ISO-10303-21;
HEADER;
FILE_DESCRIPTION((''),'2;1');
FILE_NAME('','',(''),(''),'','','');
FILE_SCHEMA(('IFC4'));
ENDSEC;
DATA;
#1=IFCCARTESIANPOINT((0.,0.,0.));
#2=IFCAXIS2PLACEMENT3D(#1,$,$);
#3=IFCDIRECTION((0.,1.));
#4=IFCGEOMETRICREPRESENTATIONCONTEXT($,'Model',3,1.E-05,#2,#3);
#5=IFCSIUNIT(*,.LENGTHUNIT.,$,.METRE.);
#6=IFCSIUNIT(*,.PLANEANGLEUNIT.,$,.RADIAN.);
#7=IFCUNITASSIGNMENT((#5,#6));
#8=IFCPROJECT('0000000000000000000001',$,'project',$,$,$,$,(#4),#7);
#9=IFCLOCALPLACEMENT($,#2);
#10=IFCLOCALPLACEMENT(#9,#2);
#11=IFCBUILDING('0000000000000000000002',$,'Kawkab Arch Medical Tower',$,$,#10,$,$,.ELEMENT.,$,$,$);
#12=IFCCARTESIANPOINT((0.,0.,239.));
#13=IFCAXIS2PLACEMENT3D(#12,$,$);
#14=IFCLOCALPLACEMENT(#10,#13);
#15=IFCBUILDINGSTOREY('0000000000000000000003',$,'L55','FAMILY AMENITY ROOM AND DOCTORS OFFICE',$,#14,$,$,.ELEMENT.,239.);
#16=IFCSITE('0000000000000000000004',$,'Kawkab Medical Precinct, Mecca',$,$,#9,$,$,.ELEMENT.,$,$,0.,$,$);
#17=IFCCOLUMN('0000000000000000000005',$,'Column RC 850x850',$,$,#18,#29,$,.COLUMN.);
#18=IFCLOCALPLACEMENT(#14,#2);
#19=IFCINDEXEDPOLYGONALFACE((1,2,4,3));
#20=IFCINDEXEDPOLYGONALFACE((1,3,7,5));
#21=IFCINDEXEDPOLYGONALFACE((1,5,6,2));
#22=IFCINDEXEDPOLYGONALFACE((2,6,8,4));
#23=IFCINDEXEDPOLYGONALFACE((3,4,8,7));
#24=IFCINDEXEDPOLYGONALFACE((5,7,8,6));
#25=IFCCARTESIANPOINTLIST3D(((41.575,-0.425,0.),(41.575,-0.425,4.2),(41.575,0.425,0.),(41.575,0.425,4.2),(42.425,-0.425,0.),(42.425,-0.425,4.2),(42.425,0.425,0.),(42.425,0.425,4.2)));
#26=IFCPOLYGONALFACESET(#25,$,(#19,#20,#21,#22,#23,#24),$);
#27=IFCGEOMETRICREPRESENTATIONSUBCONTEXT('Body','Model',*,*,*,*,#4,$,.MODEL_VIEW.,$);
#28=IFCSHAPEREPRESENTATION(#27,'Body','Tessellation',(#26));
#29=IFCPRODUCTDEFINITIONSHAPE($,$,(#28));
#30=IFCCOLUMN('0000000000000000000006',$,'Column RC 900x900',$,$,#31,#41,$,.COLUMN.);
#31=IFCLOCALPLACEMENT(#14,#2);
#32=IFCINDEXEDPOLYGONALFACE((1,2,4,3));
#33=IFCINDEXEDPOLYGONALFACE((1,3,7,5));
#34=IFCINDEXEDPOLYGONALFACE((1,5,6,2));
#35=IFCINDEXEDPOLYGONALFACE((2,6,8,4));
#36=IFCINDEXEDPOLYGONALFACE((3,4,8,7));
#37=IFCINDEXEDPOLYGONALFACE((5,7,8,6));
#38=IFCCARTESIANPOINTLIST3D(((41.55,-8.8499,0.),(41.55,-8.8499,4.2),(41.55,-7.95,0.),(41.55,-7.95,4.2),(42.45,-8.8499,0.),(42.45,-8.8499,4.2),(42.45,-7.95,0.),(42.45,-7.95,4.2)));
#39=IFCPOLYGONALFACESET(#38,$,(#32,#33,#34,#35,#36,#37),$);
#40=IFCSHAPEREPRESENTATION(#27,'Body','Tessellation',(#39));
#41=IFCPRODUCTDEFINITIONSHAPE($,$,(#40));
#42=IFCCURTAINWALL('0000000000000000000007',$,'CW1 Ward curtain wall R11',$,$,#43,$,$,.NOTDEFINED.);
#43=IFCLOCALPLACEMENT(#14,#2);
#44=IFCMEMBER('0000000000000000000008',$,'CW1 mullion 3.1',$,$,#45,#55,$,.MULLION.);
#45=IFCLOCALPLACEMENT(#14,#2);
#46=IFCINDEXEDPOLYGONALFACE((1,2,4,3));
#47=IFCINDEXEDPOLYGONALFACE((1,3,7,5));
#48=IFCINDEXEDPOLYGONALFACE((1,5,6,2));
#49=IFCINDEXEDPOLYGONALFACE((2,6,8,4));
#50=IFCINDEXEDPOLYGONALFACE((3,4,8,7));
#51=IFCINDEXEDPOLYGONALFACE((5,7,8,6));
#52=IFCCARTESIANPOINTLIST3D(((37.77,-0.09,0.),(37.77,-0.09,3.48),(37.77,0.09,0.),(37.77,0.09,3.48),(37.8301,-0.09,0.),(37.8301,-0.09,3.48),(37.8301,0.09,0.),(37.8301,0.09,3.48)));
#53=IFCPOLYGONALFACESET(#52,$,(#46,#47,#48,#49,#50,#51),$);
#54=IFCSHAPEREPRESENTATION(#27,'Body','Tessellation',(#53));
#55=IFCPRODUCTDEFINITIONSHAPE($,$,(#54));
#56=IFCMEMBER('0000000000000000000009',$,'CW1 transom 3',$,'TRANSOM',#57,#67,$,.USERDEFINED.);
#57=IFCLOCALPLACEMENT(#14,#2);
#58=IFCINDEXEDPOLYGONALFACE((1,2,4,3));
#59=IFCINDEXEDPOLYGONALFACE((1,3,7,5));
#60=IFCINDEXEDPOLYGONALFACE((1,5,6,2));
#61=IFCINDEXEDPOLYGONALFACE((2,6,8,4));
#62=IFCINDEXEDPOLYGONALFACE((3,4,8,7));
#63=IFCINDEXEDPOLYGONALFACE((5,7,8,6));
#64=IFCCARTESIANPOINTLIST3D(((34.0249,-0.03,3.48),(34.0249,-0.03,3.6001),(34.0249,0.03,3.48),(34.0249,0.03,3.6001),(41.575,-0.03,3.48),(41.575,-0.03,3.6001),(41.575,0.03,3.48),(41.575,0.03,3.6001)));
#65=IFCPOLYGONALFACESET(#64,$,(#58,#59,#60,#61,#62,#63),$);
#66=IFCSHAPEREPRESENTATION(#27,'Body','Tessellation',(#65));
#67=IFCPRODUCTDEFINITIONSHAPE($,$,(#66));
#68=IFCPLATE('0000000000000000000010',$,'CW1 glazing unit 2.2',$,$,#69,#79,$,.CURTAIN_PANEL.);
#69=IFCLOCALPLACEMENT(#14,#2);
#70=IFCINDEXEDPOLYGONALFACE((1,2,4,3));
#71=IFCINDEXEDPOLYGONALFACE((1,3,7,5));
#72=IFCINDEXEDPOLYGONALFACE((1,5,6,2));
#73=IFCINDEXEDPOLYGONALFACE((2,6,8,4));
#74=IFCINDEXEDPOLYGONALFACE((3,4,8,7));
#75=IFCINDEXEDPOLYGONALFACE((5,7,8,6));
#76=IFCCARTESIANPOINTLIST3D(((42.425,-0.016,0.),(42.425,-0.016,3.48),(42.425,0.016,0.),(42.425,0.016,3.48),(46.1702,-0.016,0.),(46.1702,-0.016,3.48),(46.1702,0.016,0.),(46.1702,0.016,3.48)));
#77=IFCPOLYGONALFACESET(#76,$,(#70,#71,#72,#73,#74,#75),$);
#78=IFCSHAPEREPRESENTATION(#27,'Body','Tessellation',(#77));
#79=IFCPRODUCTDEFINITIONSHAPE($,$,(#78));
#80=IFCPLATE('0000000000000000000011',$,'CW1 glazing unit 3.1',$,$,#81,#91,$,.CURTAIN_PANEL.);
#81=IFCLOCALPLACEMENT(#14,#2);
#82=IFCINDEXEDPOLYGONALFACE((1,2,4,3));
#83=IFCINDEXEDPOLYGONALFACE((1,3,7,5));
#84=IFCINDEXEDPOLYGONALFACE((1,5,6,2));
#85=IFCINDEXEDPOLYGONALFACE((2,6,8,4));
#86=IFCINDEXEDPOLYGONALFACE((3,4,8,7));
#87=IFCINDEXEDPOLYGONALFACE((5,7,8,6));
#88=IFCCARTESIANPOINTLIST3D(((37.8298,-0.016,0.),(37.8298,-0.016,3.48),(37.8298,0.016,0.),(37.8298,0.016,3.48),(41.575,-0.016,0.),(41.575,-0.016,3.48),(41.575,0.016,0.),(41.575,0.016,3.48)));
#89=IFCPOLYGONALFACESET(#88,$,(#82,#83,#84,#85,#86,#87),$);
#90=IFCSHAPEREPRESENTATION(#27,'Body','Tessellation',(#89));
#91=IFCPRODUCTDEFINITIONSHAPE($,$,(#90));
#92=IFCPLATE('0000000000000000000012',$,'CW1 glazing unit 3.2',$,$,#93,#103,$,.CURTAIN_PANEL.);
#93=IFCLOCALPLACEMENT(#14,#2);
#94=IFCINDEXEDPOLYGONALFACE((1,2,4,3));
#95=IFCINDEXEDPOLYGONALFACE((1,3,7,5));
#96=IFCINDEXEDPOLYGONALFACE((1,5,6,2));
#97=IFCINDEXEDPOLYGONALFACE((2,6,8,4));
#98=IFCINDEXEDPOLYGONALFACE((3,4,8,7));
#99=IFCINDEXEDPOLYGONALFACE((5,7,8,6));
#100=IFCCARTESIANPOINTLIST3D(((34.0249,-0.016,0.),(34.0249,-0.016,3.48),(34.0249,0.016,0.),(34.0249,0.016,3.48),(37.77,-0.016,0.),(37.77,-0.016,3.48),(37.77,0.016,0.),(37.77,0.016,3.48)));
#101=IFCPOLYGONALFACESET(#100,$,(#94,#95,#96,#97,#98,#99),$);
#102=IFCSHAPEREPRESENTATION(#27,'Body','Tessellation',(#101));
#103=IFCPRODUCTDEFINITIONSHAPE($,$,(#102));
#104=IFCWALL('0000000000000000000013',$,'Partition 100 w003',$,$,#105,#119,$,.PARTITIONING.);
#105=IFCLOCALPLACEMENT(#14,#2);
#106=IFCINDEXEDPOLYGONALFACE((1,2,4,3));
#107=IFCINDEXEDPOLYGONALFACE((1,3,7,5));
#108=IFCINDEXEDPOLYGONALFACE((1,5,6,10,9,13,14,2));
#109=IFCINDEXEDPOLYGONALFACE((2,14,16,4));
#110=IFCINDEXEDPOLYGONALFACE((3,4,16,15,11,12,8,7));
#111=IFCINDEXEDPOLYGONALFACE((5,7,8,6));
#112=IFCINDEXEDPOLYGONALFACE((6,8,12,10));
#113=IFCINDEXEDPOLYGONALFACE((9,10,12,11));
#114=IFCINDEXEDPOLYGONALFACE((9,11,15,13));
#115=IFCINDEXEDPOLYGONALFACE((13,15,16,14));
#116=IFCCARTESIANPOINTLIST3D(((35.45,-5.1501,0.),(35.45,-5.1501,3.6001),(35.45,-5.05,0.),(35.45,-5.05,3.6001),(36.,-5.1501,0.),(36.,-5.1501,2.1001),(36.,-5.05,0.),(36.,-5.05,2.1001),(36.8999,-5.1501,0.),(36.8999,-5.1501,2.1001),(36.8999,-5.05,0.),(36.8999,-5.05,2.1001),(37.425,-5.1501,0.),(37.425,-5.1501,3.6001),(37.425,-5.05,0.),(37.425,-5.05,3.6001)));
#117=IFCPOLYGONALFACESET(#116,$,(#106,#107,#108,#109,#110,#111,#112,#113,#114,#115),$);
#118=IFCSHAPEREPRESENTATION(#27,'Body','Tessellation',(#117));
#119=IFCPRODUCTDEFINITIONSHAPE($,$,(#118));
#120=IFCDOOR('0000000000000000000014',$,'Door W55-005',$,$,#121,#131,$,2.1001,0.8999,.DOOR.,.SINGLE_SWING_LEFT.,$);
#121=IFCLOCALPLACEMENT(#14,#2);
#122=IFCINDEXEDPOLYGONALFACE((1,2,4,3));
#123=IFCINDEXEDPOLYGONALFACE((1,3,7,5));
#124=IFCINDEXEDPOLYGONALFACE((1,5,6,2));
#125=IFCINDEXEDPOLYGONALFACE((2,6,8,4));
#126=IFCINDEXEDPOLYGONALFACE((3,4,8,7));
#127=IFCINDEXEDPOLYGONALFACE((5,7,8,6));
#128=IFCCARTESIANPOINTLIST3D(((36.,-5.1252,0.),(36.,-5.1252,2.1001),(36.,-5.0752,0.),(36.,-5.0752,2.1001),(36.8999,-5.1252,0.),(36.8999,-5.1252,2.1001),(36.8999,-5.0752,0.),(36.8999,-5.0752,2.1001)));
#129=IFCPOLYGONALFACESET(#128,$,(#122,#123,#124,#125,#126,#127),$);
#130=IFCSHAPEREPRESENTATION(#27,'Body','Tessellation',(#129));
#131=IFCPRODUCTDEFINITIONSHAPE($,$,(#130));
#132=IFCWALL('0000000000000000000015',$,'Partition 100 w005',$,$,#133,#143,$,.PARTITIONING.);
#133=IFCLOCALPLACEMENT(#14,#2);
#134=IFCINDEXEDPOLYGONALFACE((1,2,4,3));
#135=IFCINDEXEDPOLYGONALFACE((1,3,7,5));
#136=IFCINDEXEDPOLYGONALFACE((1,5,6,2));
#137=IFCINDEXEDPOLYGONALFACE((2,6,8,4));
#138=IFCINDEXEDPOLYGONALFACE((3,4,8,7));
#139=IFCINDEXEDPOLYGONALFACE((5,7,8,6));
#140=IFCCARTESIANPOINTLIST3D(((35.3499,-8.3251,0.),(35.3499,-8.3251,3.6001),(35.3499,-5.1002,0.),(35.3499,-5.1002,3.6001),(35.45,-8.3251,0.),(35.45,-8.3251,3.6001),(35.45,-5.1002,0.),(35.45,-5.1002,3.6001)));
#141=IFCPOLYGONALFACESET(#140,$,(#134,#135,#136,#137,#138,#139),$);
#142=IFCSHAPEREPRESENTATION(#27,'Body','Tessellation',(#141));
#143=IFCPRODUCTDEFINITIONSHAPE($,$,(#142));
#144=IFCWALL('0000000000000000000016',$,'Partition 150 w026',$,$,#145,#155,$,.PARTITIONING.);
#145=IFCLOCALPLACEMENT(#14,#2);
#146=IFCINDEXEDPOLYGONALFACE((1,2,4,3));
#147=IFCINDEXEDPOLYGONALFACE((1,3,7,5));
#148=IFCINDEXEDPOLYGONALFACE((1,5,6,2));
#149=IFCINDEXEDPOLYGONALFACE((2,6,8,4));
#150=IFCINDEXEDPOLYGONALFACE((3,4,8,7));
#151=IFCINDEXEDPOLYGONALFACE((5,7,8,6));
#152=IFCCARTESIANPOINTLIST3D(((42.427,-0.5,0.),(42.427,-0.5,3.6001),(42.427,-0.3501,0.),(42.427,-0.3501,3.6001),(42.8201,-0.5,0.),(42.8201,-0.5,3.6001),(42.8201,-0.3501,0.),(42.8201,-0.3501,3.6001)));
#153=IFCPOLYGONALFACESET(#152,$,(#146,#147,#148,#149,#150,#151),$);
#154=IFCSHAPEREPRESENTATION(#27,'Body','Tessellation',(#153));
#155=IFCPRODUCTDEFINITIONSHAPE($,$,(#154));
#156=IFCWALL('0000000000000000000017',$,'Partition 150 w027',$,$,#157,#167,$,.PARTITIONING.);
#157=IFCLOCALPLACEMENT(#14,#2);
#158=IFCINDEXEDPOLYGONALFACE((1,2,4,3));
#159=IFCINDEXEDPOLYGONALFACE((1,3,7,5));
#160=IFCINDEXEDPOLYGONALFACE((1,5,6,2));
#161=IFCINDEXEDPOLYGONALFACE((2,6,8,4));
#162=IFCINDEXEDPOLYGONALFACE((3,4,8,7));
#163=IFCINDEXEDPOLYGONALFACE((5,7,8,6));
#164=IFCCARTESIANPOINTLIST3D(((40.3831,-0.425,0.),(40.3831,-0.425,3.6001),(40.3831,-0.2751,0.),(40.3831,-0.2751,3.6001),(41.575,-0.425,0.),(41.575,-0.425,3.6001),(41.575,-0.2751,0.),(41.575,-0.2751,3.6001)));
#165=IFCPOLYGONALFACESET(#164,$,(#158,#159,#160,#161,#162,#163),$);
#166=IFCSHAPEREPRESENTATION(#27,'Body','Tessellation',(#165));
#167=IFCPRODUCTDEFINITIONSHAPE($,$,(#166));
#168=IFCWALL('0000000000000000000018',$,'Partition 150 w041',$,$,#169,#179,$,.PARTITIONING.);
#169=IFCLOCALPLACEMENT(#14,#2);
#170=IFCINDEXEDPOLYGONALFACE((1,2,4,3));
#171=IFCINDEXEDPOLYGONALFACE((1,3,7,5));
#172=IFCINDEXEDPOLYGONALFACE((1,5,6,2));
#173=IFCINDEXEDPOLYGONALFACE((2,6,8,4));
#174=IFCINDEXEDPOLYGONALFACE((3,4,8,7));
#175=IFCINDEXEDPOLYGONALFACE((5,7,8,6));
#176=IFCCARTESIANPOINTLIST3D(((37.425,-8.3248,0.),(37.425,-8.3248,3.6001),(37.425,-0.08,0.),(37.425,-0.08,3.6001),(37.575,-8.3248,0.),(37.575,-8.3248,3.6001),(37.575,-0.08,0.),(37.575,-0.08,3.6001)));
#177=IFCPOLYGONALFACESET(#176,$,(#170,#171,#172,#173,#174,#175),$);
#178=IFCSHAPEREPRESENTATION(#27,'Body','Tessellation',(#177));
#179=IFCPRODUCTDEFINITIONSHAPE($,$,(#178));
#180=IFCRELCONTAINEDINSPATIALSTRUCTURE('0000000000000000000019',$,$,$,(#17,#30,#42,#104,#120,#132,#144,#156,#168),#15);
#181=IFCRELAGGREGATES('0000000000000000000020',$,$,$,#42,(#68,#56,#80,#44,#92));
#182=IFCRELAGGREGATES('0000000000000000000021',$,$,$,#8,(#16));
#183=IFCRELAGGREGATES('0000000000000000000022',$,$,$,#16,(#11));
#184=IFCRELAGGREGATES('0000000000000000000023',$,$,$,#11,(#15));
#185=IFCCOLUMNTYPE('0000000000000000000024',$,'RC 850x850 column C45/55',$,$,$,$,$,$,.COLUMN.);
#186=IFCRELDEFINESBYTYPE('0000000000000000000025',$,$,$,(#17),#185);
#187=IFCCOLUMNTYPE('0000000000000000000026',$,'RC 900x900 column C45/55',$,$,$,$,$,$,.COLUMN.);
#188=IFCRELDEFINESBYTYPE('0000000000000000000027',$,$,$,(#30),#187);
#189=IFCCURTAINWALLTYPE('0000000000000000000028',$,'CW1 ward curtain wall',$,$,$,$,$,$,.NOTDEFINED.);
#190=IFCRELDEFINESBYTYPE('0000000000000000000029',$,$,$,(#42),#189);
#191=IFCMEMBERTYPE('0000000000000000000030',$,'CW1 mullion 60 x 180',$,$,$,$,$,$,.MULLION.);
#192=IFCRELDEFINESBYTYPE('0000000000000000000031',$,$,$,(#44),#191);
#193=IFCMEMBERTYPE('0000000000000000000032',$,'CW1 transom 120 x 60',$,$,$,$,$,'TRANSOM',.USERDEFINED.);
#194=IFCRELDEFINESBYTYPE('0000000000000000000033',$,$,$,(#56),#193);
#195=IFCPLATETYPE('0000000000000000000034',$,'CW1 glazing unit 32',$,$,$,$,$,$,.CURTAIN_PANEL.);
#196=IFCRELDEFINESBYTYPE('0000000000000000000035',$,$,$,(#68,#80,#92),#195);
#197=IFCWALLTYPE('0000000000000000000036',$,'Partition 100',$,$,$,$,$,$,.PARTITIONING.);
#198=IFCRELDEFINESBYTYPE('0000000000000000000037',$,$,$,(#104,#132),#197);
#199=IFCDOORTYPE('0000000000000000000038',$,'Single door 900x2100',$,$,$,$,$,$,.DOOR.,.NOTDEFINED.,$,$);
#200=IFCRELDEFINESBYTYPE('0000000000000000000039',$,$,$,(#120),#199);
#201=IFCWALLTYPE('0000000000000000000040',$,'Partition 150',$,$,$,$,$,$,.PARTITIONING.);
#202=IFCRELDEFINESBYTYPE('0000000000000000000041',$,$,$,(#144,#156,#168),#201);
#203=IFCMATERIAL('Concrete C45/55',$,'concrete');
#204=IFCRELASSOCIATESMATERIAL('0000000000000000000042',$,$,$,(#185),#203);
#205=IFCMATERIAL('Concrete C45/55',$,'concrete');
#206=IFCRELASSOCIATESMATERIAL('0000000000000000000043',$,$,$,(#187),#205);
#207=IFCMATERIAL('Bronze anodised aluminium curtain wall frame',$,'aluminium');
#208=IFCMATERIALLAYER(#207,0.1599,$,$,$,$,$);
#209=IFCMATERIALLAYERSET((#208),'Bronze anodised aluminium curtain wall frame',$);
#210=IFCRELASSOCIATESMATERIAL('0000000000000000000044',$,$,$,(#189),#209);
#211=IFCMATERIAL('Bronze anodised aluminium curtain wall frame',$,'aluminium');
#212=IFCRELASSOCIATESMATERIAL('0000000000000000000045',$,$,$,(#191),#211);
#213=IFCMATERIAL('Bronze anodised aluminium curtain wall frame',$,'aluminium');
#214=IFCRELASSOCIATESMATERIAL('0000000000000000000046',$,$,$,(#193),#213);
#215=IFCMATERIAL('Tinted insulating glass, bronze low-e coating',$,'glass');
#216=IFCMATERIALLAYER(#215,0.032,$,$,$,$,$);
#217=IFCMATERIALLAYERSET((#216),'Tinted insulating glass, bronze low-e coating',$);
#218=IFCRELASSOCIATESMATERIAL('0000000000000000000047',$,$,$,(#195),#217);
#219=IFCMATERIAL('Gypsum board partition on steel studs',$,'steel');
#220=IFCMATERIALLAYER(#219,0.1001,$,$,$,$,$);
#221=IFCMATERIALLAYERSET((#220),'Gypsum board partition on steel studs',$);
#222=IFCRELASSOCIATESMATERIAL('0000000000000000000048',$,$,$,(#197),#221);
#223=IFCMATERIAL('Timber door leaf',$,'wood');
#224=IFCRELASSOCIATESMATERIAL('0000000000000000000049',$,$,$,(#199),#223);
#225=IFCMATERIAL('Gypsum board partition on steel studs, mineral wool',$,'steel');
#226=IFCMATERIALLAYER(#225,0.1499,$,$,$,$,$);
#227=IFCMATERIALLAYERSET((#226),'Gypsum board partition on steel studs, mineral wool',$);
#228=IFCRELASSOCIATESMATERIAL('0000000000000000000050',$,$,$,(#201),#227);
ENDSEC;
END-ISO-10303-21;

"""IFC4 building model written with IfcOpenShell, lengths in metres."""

from ifc_helpers import new_model, si_unit, direction, frame, frame_2d, origin, origin_2d, place, context, subcontext, project, spatial, rectangle, extrude, material, layer, layer_set, material_profile, profile_set, type_object, element, fill, aggregate, save


model = new_model("IFC4")

# Units and contexts
model_context = context("Model", 3, precision=1e-05, world=origin(), true_north=direction((0.0, 1.0)))
body_context = subcontext(model_context, "Body", "Model", "MODEL_VIEW")
ifc_project = project(units=[si_unit("LENGTHUNIT", "METRE"), si_unit("PLANEANGLEUNIT", "RADIAN")], contexts=[model_context])

# Site, building, storey
site_placement = place(None, origin())
site = spatial("IfcSite", under=ifc_project, at=site_placement, Name="Kawkab Medical Precinct, Mecca", CompositionType="ELEMENT", RefElevation=0.0)
building_placement = place(site_placement, origin())
building = spatial("IfcBuilding", under=site, at=building_placement, Name="Kawkab Arch Medical Tower", CompositionType="ELEMENT")
storey_placement = place(building_placement, frame((0.0, 0.0, 239.0)))
storey = spatial("IfcBuildingStorey", under=building, at=storey_placement, Name="L55", Description="FAMILY AMENITY ROOM AND DOCTORS OFFICE", CompositionType="ELEMENT", Elevation=239.0)

# Columns
ifc_material_1 = material(Name="Concrete C45/55", Category="concrete")
ifc_material_profile_1 = material_profile(ifc_material_1, rectangle(XDim=0.8501, YDim=0.8501, at=origin_2d()), Name="RC 850x850")
ifc_profile_set_1 = profile_set([ifc_material_profile_1], Name="Concrete C45/55")
column_type_1 = type_object("IfcColumnType", Name="RC 850x850 column C45/55", PredefinedType="COLUMN", material=ifc_profile_set_1)
column_1_placement = place(storey_placement, frame((42.0, 0.0, 0.0), z_axis=(0.0, 0.0, 1.0), x_axis=(1.0, 0.0, 0.0)))
element("IfcColumn", 1, at=column_1_placement, inside=storey, type_object=column_type_1, Name="Column RC 850x850", PredefinedType="COLUMN", context=body_context, shape_type="SweptSolid", body=[
    extrude(rectangle(XDim=0.8501, YDim=0.8501, at=origin_2d()), origin(), (0.0, 0.0, 1.0), 4.2),
])
ifc_material_2 = material(Name="Concrete C45/55", Category="concrete")
ifc_material_profile_2 = material_profile(ifc_material_2, rectangle(XDim=0.8999, YDim=0.8999, at=origin_2d()), Name="RC 900x900")
ifc_profile_set_2 = profile_set([ifc_material_profile_2], Name="Concrete C45/55")
column_type_2 = type_object("IfcColumnType", Name="RC 900x900 column C45/55", PredefinedType="COLUMN", material=ifc_profile_set_2)
column_2_placement = place(storey_placement, frame((42.0, -8.3999, 0.0), z_axis=(0.0, 0.0, 1.0), x_axis=(1.0, 0.0, 0.0)))
element("IfcColumn", 2, at=column_2_placement, inside=storey, type_object=column_type_2, Name="Column RC 900x900", PredefinedType="COLUMN", context=body_context, shape_type="SweptSolid", body=[
    extrude(rectangle(XDim=0.8999, YDim=0.8999, at=origin_2d()), origin(), (0.0, 0.0, 1.0), 4.2),
])

# Curtain wall, members, plates
ifc_material_3 = material(Name="Bronze anodised aluminium curtain wall frame", Category="aluminium")
ifc_layer_1 = layer(ifc_material_3, 0.1599)
ifc_layer_set_1 = layer_set([ifc_layer_1], Name="Bronze anodised aluminium curtain wall frame")
curtain_wall_type = type_object("IfcCurtainWallType", Name="CW1 ward curtain wall", PredefinedType="NOTDEFINED", material=ifc_layer_set_1)
placement = place(storey_placement, origin())
curtain_wall = element("IfcCurtainWall", 3, at=placement, inside=storey, type_object=curtain_wall_type, Name="CW1 Ward curtain wall R11", PredefinedType="NOTDEFINED")
ifc_material_4 = material(Name="Bronze anodised aluminium curtain wall frame", Category="aluminium")
ifc_material_profile_3 = material_profile(ifc_material_4, rectangle(XDim=0.1799, YDim=0.0601, at=origin_2d()), Name="AL 60x180")
ifc_profile_set_3 = profile_set([ifc_material_profile_3], Name="Bronze anodised aluminium curtain wall frame")
member_type_1 = type_object("IfcMemberType", Name="CW1 mullion 60 x 180", PredefinedType="MULLION", material=ifc_profile_set_3)
member_1_placement = place(storey_placement, frame((37.8, 0.0, 0.0), z_axis=(0.0, 0.0, 1.0), x_axis=(0.0, -1.0, 0.0)))
member_1 = element("IfcMember", 4, at=member_1_placement, type_object=member_type_1, Name="CW1 mullion 3.1", PredefinedType="MULLION", context=body_context, shape_type="SweptSolid", body=[
    extrude(rectangle(XDim=0.1799, YDim=0.0601, at=origin_2d()), origin(), (0.0, 0.0, 1.0), 3.48),
])
ifc_material_5 = material(Name="Bronze anodised aluminium curtain wall frame", Category="aluminium")
ifc_material_profile_4 = material_profile(ifc_material_5, rectangle(XDim=0.0601, YDim=0.1201, at=origin_2d()), Name="AL 60x120")
ifc_profile_set_4 = profile_set([ifc_material_profile_4], Name="Bronze anodised aluminium curtain wall frame")
member_type_2 = type_object("IfcMemberType", Name="CW1 transom 120 x 60", ElementType="TRANSOM", PredefinedType="USERDEFINED", material=ifc_profile_set_4)
member_2_placement = place(storey_placement, frame((41.575, 0.0, 3.54), z_axis=(-1.0, 0.0, 0.0), x_axis=(0.0, -1.0, 0.0)))
member_2 = element("IfcMember", 5, at=member_2_placement, type_object=member_type_2, Name="CW1 transom 3", ObjectType="TRANSOM", PredefinedType="USERDEFINED", context=body_context, shape_type="SweptSolid", body=[
    extrude(rectangle(XDim=0.0601, YDim=0.1201, at=origin_2d()), origin(), (0.0, 0.0, 1.0), 7.55),
])
ifc_material_6 = material(Name="Tinted insulating glass, bronze low-e coating", Category="glass")
ifc_layer_2 = layer(ifc_material_6, 0.032)
ifc_layer_set_2 = layer_set([ifc_layer_2], Name="Tinted insulating glass, bronze low-e coating")
plate_type = type_object("IfcPlateType", Name="CW1 glazing unit 32", PredefinedType="CURTAIN_PANEL", material=ifc_layer_set_2)
plate_1_placement = place(storey_placement, frame((44.2976, 0.0, 0.0), z_axis=(0.0, 0.0, 1.0), x_axis=(-1.0, 0.0, 0.0)))
plate_1 = element("IfcPlate", 6, at=plate_1_placement, type_object=plate_type, Name="CW1 glazing unit 2.2", PredefinedType="CURTAIN_PANEL", context=body_context, shape_type="SweptSolid", body=[
    extrude(rectangle(XDim=3.7451, YDim=0.032, at=origin_2d()), origin(), (0.0, 0.0, 1.0), 3.48),
])
plate_2_placement = place(storey_placement, frame((39.7024, 0.0, 0.0), z_axis=(0.0, 0.0, 1.0), x_axis=(-1.0, 0.0, 0.0)))
plate_2 = element("IfcPlate", 7, at=plate_2_placement, type_object=plate_type, Name="CW1 glazing unit 3.1", PredefinedType="CURTAIN_PANEL", context=body_context, shape_type="SweptSolid", body=[
    extrude(rectangle(XDim=3.7451, YDim=0.032, at=origin_2d()), origin(), (0.0, 0.0, 1.0), 3.48),
])
plate_3_placement = place(storey_placement, frame((35.8975, 0.0, 0.0), z_axis=(0.0, 0.0, 1.0), x_axis=(-1.0, 0.0, 0.0)))
plate_3 = element("IfcPlate", 8, at=plate_3_placement, type_object=plate_type, Name="CW1 glazing unit 3.2", PredefinedType="CURTAIN_PANEL", context=body_context, shape_type="SweptSolid", body=[
    extrude(rectangle(XDim=3.7451, YDim=0.032, at=origin_2d()), origin(), (0.0, 0.0, 1.0), 3.48),
])
aggregate(curtain_wall, [plate_1, member_2, plate_2, member_1, plate_3])

# Wall, opening, door
ifc_material_7 = material(Name="Gypsum board partition on steel studs", Category="steel")
ifc_layer_3 = layer(ifc_material_7, 0.1001)
ifc_layer_set_3 = layer_set([ifc_layer_3], Name="Gypsum board partition on steel studs")
wall_type_1 = type_object("IfcWallType", Name="Partition 100", PredefinedType="PARTITIONING", material=ifc_layer_set_3)
wall_1_placement = place(storey_placement, frame((35.45, -5.1001, 0.0), z_axis=(0.0, 0.0, 1.0), x_axis=(1.0, 0.0, 0.0)))
wall_1 = element("IfcWall", 9, at=wall_1_placement, inside=storey, type_object=wall_type_1, Name="Partition 100 w003", PredefinedType="PARTITIONING", context=body_context, shape_type="SweptSolid", body=[
    extrude(rectangle(XDim=1.9751, YDim=0.1001, at=frame_2d((0.9875, 0.0))), origin(), (0.0, 0.0, 1.0), 3.6001),
])
opening_1_placement = place(wall_1_placement, frame((0.55, 0.0, 0.0)))
opening_1 = element("IfcOpeningElement", 10, at=opening_1_placement, cuts=wall_1, PredefinedType="OPENING", context=body_context, shape_type="SweptSolid", body=[
    extrude(rectangle(XDim=0.8999, YDim=2.1001, at=frame_2d((0.45, 1.05))), frame((0.0, 0.0601, 0.0), z_axis=(0.0, -1.0, 0.0), x_axis=(1.0, 0.0, 0.0)), (0.0, 0.0, 1.0), 0.1201),
])
ifc_material_8 = material(Name="Timber door leaf", Category="wood")
door_type_1 = type_object("IfcDoorType", Name="Single door 900x2100", OperationType="NOTDEFINED", PredefinedType="DOOR", material=ifc_material_8)
door_1_placement = place(opening_1_placement, origin())
door_1 = element("IfcDoor", 11, at=door_1_placement, inside=storey, type_object=door_type_1, Name="Door W55-005", OperationType="SINGLE_SWING_LEFT", OverallHeight=2.1001, OverallWidth=0.8999, PredefinedType="DOOR", context=body_context, shape_type="SweptSolid", body=[
    extrude(rectangle(XDim=0.8999, YDim=2.1001, at=frame_2d((0.45, 1.05))), frame((0.0, 0.0249, 0.0), z_axis=(0.0, -1.0, 0.0), x_axis=(1.0, 0.0, 0.0)), (0.0, 0.0, 1.0), 0.05),
])
fill(opening_1, door_1)

# Walls
wall_2_placement = place(storey_placement, frame((35.3999, -8.325, 0.0), z_axis=(0.0, 0.0, 1.0), x_axis=(0.0, 1.0, 0.0)))
element("IfcWall", 12, at=wall_2_placement, inside=storey, type_object=wall_type_1, Name="Partition 100 w005", PredefinedType="PARTITIONING", context=body_context, shape_type="SweptSolid", body=[
    extrude(rectangle(XDim=3.2249, YDim=0.1001, at=frame_2d((1.6123, 0.0))), origin(), (0.0, 0.0, 1.0), 3.6001),
])
ifc_material_9 = material(Name="Gypsum board partition on steel studs, mineral wool", Category="steel")
ifc_layer_4 = layer(ifc_material_9, 0.1499)
ifc_layer_set_4 = layer_set([ifc_layer_4], Name="Gypsum board partition on steel studs, mineral wool")
wall_type_2 = type_object("IfcWallType", Name="Partition 150", PredefinedType="PARTITIONING", material=ifc_layer_set_4)
wall_3_placement = place(storey_placement, frame((42.427, -0.425, 0.0), z_axis=(0.0, 0.0, 1.0), x_axis=(1.0, 0.0, 0.0)))
element("IfcWall", 13, at=wall_3_placement, inside=storey, type_object=wall_type_2, Name="Partition 150 w026", PredefinedType="PARTITIONING", context=body_context, shape_type="SweptSolid", body=[
    extrude(rectangle(XDim=0.3931, YDim=0.1499, at=frame_2d((0.1965, 0.0))), origin(), (0.0, 0.0, 1.0), 3.6001),
])
wall_4_placement = place(storey_placement, frame((40.3831, -0.3501, 0.0), z_axis=(0.0, 0.0, 1.0), x_axis=(1.0, 0.0, 0.0)))
element("IfcWall", 14, at=wall_4_placement, inside=storey, type_object=wall_type_2, Name="Partition 150 w027", PredefinedType="PARTITIONING", context=body_context, shape_type="SweptSolid", body=[
    extrude(rectangle(XDim=1.1919, YDim=0.1499, at=frame_2d((0.5959, 0.0))), origin(), (0.0, 0.0, 1.0), 3.6001),
])
wall_5_placement = place(storey_placement, frame((37.5, -8.325, 0.0), z_axis=(0.0, 0.0, 1.0), x_axis=(0.0, 1.0, 0.0)))
element("IfcWall", 15, at=wall_5_placement, inside=storey, type_object=wall_type_2, Name="Partition 150 w041", PredefinedType="PARTITIONING", context=body_context, shape_type="SweptSolid", body=[
    extrude(rectangle(XDim=8.2449, YDim=0.1499, at=frame_2d((4.1226, 0.0))), origin(), (0.0, 0.0, 1.0), 3.6001),
])

save(model, "model.ifc")
